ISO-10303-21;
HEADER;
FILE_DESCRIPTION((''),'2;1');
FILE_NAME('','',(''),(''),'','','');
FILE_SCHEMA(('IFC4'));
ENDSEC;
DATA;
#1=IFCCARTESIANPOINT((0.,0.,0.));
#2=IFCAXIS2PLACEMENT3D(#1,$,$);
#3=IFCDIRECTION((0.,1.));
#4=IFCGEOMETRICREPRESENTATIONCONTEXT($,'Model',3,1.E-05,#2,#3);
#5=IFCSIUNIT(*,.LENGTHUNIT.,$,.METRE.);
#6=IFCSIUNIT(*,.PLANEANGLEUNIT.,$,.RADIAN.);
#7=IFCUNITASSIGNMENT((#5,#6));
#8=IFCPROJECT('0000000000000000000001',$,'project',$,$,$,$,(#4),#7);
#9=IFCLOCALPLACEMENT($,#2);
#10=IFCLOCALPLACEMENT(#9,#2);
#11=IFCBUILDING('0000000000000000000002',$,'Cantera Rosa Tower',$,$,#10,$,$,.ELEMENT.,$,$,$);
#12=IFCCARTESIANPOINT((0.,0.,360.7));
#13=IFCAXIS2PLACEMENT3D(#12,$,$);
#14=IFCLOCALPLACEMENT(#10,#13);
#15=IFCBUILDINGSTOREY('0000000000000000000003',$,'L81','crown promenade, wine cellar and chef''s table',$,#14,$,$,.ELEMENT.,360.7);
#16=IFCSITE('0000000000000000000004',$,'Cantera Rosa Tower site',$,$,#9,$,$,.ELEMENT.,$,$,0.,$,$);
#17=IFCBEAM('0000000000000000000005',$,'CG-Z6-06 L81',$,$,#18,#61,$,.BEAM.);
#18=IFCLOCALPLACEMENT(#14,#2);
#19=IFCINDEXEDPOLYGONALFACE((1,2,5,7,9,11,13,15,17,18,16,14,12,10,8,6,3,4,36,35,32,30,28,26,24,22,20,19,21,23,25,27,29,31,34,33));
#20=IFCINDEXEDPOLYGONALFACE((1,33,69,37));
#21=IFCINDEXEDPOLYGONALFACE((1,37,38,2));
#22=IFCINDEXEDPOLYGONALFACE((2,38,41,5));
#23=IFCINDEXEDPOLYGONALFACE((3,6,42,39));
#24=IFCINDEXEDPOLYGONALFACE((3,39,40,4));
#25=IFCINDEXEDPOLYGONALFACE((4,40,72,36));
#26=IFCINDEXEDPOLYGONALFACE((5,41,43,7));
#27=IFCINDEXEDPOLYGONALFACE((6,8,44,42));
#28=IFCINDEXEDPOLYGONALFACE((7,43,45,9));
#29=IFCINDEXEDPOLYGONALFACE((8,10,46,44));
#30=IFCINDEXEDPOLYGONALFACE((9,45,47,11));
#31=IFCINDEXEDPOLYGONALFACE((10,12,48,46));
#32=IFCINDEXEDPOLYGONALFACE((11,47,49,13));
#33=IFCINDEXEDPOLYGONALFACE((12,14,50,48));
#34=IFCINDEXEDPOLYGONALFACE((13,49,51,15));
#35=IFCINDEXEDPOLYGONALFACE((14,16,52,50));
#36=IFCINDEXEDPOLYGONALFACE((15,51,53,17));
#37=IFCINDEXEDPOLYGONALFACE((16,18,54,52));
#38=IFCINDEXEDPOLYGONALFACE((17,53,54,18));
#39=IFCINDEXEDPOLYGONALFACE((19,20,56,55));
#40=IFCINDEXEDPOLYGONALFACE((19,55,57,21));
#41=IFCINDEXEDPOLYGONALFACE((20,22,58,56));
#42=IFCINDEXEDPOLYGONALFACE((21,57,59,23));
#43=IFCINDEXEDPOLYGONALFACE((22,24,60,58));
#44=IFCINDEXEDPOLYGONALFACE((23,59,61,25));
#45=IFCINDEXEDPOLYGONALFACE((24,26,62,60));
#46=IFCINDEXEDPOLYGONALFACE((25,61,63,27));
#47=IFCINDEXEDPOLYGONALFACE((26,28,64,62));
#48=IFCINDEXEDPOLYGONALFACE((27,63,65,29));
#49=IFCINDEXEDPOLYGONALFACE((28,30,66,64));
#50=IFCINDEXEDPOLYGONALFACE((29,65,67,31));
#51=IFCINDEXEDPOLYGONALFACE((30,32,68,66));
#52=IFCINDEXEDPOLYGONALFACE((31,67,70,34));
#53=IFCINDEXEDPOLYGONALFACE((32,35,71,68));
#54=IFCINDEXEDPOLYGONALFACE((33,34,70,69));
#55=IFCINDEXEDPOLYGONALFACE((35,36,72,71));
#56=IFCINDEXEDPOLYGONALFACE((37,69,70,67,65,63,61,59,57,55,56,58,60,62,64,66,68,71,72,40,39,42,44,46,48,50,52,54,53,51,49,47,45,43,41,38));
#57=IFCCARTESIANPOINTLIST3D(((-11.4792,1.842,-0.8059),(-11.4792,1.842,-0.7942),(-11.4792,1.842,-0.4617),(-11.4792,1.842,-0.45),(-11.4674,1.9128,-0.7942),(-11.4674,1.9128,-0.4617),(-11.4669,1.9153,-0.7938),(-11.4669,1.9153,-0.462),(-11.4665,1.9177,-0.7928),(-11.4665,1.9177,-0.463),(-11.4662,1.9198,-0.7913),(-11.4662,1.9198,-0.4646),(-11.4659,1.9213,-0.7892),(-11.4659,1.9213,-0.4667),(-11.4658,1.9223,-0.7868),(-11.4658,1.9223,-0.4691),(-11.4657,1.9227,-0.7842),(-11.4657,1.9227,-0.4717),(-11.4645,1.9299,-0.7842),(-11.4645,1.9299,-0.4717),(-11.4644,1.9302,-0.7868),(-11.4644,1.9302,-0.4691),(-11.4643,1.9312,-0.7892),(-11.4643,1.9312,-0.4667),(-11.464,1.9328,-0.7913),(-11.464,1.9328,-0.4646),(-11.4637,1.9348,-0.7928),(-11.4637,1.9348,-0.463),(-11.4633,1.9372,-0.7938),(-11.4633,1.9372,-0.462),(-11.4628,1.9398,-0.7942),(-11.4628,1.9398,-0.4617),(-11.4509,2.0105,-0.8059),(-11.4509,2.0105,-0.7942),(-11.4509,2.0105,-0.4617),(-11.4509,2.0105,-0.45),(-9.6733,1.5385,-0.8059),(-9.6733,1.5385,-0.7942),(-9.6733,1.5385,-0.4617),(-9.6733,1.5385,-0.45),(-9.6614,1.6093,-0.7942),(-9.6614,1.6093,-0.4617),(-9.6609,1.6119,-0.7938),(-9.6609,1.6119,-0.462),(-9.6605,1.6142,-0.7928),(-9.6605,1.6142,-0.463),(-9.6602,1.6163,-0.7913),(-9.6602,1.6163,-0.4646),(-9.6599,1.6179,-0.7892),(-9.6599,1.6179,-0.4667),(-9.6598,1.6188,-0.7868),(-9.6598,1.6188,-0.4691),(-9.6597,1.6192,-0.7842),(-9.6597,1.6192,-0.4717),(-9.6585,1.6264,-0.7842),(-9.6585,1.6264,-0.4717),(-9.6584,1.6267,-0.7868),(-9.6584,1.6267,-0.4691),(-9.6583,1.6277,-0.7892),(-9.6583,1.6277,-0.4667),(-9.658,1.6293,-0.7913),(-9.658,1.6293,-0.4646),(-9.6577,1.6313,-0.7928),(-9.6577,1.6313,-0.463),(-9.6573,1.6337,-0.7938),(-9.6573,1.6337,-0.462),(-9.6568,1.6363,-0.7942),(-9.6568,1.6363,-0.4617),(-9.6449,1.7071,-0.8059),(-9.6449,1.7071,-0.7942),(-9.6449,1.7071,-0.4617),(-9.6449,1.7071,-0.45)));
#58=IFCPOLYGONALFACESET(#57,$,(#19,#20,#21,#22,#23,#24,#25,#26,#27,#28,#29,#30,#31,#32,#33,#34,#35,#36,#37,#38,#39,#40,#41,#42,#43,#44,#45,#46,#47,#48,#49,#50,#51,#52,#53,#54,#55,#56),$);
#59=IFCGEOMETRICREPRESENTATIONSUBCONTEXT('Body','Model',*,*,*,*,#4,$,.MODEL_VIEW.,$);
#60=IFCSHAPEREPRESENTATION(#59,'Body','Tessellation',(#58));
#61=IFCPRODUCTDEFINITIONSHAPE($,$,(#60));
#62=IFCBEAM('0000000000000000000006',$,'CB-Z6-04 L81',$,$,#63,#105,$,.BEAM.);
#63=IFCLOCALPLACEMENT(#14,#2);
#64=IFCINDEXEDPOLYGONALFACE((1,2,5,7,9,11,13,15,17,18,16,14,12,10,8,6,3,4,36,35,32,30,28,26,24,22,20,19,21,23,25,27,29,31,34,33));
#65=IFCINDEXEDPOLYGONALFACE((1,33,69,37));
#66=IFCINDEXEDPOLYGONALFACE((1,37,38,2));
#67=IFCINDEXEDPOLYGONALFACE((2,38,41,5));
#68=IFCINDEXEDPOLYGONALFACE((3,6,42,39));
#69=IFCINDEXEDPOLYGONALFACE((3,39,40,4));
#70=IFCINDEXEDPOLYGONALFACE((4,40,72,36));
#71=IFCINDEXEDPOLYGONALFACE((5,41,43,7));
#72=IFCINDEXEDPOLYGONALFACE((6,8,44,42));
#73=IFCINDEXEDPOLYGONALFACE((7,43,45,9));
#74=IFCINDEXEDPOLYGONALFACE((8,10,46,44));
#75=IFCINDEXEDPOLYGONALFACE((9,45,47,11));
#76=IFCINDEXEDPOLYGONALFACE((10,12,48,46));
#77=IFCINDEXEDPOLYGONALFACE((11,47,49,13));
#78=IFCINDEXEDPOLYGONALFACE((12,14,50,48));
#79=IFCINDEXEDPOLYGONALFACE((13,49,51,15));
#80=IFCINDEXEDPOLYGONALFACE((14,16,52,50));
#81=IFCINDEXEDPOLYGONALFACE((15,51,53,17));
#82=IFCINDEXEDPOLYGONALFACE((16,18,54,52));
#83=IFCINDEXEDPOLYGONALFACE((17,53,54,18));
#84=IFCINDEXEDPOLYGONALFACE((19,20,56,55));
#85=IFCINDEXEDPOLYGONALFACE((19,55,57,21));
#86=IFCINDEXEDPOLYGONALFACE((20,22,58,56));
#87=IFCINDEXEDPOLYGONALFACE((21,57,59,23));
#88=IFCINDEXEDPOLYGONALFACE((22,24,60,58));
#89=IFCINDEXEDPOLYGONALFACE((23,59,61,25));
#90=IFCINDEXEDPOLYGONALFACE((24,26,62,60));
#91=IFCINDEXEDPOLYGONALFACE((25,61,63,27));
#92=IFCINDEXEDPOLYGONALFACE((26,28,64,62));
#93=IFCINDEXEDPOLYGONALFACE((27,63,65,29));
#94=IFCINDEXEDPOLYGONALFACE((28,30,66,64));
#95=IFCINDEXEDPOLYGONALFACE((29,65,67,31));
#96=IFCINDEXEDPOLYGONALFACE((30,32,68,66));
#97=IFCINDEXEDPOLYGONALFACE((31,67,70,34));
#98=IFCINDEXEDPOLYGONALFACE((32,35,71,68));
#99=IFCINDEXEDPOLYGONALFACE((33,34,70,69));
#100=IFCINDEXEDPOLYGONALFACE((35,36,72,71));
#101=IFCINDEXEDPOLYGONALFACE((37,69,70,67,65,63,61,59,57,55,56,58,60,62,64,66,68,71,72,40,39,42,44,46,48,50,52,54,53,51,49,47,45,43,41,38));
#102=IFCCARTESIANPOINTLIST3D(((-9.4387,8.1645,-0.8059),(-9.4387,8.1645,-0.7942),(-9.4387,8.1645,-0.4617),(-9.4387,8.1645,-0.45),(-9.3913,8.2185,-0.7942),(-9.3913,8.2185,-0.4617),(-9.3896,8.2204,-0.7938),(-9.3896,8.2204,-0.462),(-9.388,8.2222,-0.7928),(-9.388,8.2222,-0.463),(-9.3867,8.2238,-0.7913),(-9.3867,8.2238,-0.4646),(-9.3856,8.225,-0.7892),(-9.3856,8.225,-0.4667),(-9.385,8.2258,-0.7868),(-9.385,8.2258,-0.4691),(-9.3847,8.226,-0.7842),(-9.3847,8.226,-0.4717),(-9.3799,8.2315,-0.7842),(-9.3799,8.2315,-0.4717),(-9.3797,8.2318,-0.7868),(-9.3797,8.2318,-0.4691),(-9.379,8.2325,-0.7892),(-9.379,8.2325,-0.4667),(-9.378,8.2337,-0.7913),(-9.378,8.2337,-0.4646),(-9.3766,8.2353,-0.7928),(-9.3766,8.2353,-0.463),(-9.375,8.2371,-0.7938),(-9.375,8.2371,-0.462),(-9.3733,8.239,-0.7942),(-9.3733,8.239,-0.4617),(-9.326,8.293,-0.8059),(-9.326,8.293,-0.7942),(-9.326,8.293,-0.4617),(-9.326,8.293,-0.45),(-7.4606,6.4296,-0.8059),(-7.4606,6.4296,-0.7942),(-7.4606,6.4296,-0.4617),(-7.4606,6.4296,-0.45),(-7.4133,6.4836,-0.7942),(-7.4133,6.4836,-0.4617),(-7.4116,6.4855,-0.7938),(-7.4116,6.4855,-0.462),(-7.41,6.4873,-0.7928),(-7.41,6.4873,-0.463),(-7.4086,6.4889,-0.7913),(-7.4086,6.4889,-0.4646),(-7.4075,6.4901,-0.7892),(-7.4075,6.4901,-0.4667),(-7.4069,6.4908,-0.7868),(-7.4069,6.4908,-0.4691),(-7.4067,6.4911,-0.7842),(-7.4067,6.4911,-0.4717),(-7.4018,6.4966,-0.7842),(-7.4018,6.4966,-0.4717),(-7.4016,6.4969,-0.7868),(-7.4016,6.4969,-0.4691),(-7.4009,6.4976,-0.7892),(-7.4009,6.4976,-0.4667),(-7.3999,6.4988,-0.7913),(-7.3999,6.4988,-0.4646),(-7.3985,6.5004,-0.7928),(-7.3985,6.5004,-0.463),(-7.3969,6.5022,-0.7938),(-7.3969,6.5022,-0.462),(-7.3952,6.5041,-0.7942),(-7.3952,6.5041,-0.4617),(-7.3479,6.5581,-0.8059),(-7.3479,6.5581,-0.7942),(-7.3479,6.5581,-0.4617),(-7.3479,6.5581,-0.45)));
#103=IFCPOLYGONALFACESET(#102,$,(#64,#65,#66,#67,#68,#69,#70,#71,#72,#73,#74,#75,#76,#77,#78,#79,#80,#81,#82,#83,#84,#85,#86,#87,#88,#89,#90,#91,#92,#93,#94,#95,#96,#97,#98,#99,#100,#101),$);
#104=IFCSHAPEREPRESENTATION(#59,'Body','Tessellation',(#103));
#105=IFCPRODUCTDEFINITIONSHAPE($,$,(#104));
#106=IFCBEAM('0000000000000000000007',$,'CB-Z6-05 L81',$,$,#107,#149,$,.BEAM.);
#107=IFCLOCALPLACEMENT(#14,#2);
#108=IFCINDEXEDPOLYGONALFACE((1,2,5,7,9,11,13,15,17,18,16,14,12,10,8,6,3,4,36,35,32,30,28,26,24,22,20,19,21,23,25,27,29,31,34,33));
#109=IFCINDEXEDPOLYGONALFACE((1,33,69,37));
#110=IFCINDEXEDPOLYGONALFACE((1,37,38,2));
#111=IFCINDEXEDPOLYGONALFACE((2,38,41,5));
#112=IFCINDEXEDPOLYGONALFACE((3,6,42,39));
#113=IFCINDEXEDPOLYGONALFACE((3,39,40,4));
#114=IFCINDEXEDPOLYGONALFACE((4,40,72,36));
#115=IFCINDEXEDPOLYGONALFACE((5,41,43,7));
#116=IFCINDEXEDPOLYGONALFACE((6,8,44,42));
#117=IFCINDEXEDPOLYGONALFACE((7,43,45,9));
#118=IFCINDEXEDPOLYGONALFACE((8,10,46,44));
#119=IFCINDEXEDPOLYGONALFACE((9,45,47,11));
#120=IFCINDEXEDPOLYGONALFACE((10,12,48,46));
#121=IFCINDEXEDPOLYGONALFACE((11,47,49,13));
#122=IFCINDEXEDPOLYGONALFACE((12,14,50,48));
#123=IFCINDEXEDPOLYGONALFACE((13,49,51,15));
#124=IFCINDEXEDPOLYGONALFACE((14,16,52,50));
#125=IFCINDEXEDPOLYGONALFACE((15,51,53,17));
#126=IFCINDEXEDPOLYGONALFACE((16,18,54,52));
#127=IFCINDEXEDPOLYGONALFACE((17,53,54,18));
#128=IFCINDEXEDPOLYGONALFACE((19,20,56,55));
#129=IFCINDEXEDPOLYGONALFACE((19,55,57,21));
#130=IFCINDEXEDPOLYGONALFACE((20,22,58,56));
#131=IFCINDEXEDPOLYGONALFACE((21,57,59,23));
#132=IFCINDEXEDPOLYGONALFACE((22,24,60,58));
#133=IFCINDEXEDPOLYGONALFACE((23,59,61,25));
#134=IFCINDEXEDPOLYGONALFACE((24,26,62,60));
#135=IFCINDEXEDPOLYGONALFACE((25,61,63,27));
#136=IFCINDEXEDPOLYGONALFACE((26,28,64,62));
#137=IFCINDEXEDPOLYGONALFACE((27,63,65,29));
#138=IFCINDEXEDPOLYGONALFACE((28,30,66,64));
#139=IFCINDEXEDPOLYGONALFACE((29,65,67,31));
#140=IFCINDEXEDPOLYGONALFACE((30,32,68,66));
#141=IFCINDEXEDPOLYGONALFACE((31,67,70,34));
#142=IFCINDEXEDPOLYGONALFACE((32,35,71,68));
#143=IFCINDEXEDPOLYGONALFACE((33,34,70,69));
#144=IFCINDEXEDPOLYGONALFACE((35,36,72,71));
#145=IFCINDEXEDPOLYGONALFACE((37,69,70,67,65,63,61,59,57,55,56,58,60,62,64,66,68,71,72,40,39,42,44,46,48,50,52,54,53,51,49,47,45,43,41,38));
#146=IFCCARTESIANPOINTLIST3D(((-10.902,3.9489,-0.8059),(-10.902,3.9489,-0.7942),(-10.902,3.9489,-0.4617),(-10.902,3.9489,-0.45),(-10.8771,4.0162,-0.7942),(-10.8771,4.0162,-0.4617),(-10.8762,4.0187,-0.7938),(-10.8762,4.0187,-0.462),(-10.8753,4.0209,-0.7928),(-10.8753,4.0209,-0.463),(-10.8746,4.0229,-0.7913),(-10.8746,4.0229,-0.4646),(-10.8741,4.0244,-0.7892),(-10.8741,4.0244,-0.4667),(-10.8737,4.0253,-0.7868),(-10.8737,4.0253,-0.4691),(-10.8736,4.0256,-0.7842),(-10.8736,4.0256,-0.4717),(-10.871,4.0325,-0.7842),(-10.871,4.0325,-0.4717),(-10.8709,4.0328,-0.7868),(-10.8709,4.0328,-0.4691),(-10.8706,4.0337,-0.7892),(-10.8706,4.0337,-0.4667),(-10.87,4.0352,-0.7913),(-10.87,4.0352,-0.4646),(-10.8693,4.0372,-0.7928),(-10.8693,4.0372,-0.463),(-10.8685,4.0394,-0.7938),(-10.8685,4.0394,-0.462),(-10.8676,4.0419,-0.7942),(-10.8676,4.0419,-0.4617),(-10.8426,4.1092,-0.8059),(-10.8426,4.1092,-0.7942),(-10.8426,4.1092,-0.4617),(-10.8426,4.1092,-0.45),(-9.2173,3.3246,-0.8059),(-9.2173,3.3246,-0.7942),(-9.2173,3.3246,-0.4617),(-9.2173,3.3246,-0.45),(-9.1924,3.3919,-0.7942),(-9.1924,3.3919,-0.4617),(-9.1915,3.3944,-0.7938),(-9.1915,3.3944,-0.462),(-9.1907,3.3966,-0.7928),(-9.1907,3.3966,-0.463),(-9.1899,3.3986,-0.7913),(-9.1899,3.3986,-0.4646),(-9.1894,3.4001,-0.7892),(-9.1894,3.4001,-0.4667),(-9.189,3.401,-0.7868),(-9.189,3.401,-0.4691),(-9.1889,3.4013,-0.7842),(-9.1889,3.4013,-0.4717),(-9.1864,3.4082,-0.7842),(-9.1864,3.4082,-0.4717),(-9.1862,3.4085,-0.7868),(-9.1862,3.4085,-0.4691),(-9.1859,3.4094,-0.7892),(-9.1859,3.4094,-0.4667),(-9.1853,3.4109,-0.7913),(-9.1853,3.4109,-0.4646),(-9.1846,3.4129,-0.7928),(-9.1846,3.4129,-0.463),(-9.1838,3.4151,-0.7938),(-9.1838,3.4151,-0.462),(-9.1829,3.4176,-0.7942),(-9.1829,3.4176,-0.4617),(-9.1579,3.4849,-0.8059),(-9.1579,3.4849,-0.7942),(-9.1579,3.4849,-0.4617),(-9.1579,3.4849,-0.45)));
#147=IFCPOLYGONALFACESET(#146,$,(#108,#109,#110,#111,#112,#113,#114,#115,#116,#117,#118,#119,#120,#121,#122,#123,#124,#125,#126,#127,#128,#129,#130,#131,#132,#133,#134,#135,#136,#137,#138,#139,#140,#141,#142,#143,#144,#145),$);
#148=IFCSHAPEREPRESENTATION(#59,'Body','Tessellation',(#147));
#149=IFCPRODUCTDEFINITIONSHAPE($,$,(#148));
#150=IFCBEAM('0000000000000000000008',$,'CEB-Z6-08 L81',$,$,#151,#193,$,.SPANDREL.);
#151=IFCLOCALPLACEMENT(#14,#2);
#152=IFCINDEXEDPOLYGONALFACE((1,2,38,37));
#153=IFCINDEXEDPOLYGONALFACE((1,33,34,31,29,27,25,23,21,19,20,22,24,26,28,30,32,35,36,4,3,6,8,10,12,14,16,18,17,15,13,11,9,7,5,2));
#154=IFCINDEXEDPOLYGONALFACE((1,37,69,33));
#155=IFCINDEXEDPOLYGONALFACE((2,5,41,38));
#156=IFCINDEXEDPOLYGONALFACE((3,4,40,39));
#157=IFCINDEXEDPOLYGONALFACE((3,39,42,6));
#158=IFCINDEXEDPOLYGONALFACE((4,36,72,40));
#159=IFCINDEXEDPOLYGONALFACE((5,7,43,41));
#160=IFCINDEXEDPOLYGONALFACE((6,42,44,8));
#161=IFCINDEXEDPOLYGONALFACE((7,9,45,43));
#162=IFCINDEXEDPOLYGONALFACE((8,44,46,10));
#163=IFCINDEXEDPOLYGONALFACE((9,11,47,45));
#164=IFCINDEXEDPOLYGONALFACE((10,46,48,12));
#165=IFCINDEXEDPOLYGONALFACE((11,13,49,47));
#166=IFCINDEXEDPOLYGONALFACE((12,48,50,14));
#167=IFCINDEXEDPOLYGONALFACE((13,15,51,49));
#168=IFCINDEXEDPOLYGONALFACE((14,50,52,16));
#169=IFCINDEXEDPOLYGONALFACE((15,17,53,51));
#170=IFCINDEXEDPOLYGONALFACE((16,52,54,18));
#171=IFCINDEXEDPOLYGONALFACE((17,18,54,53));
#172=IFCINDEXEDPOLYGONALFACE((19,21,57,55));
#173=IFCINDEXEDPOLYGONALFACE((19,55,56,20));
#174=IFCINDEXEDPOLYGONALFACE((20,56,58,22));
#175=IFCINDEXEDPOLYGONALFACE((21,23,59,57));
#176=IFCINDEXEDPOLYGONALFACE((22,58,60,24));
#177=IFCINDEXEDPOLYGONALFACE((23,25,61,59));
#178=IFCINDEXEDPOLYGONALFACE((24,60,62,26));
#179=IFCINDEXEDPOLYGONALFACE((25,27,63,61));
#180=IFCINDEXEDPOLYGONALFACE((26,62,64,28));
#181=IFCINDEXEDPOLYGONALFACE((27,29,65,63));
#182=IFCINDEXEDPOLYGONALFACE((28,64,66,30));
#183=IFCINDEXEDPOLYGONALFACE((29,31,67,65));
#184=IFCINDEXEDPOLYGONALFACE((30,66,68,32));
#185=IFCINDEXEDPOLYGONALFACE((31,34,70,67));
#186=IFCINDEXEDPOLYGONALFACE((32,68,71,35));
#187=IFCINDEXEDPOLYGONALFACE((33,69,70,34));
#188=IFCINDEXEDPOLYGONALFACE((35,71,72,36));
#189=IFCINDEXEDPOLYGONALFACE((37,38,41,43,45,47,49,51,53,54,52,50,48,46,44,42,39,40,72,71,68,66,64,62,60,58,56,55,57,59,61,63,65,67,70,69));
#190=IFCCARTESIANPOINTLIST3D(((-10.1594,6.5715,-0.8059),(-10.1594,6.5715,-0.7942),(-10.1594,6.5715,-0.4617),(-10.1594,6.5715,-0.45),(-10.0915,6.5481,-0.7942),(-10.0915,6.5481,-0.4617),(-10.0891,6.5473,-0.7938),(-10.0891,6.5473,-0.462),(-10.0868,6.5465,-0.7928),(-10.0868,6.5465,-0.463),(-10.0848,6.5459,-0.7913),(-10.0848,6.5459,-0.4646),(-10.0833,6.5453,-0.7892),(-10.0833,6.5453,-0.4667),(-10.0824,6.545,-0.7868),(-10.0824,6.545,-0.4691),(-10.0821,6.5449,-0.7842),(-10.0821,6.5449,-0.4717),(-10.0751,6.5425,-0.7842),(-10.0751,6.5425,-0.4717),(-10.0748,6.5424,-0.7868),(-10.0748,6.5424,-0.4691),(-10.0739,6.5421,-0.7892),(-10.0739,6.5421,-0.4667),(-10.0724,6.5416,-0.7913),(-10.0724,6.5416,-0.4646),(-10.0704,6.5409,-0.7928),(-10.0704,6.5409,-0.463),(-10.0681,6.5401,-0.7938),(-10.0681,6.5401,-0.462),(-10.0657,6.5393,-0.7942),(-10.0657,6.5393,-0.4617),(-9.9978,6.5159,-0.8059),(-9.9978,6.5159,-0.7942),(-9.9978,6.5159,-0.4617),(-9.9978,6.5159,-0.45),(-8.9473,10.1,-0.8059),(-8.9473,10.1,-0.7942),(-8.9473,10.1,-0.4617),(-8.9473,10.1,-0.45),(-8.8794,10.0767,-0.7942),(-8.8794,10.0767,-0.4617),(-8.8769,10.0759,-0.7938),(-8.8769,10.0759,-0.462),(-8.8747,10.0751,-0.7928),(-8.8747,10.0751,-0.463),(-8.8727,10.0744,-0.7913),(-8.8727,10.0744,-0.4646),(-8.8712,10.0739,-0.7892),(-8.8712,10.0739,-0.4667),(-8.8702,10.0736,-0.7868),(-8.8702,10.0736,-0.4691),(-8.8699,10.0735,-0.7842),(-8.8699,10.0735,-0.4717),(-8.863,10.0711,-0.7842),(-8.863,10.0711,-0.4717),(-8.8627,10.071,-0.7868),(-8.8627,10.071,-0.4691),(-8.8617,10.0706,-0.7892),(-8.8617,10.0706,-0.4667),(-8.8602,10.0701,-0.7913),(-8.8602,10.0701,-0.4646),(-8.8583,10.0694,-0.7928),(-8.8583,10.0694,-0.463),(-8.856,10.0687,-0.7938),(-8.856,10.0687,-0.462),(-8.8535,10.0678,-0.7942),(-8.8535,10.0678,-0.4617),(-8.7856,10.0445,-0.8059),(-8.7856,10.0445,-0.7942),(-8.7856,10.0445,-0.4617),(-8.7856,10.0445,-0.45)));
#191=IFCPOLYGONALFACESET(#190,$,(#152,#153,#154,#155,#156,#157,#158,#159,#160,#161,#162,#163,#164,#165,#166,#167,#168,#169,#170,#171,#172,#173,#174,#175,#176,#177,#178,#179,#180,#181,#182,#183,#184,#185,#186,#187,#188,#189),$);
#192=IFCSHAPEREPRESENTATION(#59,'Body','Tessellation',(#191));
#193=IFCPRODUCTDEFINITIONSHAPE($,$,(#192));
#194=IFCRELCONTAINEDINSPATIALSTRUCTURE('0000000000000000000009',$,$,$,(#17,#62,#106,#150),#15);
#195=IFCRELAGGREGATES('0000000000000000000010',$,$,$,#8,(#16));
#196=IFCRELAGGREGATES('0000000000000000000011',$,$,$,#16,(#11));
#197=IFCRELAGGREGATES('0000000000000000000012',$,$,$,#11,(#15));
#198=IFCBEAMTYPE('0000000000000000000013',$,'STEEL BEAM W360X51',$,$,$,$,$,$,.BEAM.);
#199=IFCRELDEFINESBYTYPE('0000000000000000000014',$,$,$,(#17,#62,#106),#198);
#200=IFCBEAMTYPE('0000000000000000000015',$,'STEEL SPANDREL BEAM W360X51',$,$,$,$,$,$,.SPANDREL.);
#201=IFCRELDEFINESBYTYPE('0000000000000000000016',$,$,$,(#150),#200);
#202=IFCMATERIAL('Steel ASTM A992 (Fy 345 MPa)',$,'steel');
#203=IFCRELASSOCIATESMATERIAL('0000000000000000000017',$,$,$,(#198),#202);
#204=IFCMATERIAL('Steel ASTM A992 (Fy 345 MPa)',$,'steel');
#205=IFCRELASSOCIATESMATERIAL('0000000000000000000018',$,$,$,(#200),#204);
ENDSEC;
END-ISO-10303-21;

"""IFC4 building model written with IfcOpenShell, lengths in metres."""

from ifc_helpers import new_model, si_unit, direction, frame, origin, origin_2d, place, context, subcontext, project, spatial, i_section, extrude, material, material_profile, profile_set, type_object, element, save


model = new_model("IFC4")

# Units and contexts
model_context = context("Model", 3, precision=1e-05, world=origin(), true_north=direction((0.0, 1.0)))
body_context = subcontext(model_context, "Body", "Model", "MODEL_VIEW")
ifc_project = project(units=[si_unit("LENGTHUNIT", "METRE"), si_unit("PLANEANGLEUNIT", "RADIAN")], contexts=[model_context])

# Site, building, storey
site_placement = place(None, origin())
site = spatial("IfcSite", under=ifc_project, at=site_placement, Name="Cantera Rosa Tower site", CompositionType="ELEMENT", RefElevation=0.0)
building_placement = place(site_placement, origin())
building = spatial("IfcBuilding", under=site, at=building_placement, Name="Cantera Rosa Tower", CompositionType="ELEMENT")
storey_placement = place(building_placement, frame((0.0, 0.0, 360.7)))
storey = spatial("IfcBuildingStorey", under=building, at=storey_placement, Name="L81", Description="crown promenade, wine cellar and chef's table", CompositionType="ELEMENT", Elevation=360.7)

# Beams
ifc_material_1 = material(Name="Steel ASTM A992 (Fy 345 MPa)", Category="steel")
ifc_material_profile_1 = material_profile(ifc_material_1, i_section(OverallWidth=0.1709, OverallDepth=0.356, WebThickness=0.0073, FlangeThickness=0.0117, FilletRadius=0.01, at=origin_2d()), Name="W360X51")
ifc_profile_set_1 = profile_set([ifc_material_profile_1], Name="Steel ASTM A992 (Fy 345 MPa)")
beam_type_1 = type_object("IfcBeamType", Name="STEEL BEAM W360X51", PredefinedType="BEAM", material=ifc_profile_set_1)
beam_1_placement = place(storey_placement, frame((-11.4651, 1.9263, -0.6279), z_axis=(0.986173, -0.165718, 0.0), x_axis=(0.165718, 0.986173, 0.0)))
element("IfcBeam", 1, at=beam_1_placement, inside=storey, type_object=beam_type_1, Name="CG-Z6-06 L81", PredefinedType="BEAM", context=body_context, shape_type="SweptSolid", body=[
    extrude(i_section(OverallWidth=0.1709, OverallDepth=0.356, WebThickness=0.0073, FlangeThickness=0.0117, FilletRadius=0.01, at=origin_2d()), origin(), (0.0, 0.0, 1.0), 1.8313),
])
beam_2_placement = place(storey_placement, frame((-9.3823, 8.2288, -0.6279), z_axis=(0.751806, -0.659384, 0.0), x_axis=(0.659384, 0.751806, 0.0)))
element("IfcBeam", 2, at=beam_2_placement, inside=storey, type_object=beam_type_1, Name="CB-Z6-04 L81", PredefinedType="BEAM", context=body_context, shape_type="SweptSolid", body=[
    extrude(i_section(OverallWidth=0.1709, OverallDepth=0.356, WebThickness=0.0073, FlangeThickness=0.0117, FilletRadius=0.01, at=origin_2d()), origin(), (0.0, 0.0, 1.0), 2.6311),
])
beam_3_placement = place(storey_placement, frame((-10.8723, 4.0291, -0.6279), z_axis=(0.937685, -0.347487, 0.0), x_axis=(0.347487, 0.937685, 0.0)))
element("IfcBeam", 3, at=beam_3_placement, inside=storey, type_object=beam_type_1, Name="CB-Z6-05 L81", PredefinedType="BEAM", context=body_context, shape_type="SweptSolid", body=[
    extrude(i_section(OverallWidth=0.1709, OverallDepth=0.356, WebThickness=0.0073, FlangeThickness=0.0117, FilletRadius=0.01, at=origin_2d()), origin(), (0.0, 0.0, 1.0), 1.7966),
])
ifc_material_2 = material(Name="Steel ASTM A992 (Fy 345 MPa)", Category="steel")
ifc_material_profile_2 = material_profile(ifc_material_2, i_section(OverallWidth=0.1709, OverallDepth=0.356, WebThickness=0.0073, FlangeThickness=0.0117, FilletRadius=0.01, at=origin_2d()), Name="W360X51")
ifc_profile_set_2 = profile_set([ifc_material_profile_2], Name="Steel ASTM A992 (Fy 345 MPa)")
beam_type_2 = type_object("IfcBeamType", Name="STEEL SPANDREL BEAM W360X51", PredefinedType="SPANDREL", material=ifc_profile_set_2)
beam_4_placement = place(storey_placement, frame((-8.8665, 10.0723, -0.6279), z_axis=(-0.324891, -0.945751, 0.0), x_axis=(0.945751, -0.324891, 0.0)))
element("IfcBeam", 4, at=beam_4_placement, inside=storey, type_object=beam_type_2, Name="CEB-Z6-08 L81", PredefinedType="SPANDREL", context=body_context, shape_type="SweptSolid", body=[
    extrude(i_section(OverallWidth=0.1709, OverallDepth=0.356, WebThickness=0.0073, FlangeThickness=0.0117, FilletRadius=0.01, at=origin_2d()), origin(), (0.0, 0.0, 1.0), 3.731),
])

save(model, "model.ifc")
